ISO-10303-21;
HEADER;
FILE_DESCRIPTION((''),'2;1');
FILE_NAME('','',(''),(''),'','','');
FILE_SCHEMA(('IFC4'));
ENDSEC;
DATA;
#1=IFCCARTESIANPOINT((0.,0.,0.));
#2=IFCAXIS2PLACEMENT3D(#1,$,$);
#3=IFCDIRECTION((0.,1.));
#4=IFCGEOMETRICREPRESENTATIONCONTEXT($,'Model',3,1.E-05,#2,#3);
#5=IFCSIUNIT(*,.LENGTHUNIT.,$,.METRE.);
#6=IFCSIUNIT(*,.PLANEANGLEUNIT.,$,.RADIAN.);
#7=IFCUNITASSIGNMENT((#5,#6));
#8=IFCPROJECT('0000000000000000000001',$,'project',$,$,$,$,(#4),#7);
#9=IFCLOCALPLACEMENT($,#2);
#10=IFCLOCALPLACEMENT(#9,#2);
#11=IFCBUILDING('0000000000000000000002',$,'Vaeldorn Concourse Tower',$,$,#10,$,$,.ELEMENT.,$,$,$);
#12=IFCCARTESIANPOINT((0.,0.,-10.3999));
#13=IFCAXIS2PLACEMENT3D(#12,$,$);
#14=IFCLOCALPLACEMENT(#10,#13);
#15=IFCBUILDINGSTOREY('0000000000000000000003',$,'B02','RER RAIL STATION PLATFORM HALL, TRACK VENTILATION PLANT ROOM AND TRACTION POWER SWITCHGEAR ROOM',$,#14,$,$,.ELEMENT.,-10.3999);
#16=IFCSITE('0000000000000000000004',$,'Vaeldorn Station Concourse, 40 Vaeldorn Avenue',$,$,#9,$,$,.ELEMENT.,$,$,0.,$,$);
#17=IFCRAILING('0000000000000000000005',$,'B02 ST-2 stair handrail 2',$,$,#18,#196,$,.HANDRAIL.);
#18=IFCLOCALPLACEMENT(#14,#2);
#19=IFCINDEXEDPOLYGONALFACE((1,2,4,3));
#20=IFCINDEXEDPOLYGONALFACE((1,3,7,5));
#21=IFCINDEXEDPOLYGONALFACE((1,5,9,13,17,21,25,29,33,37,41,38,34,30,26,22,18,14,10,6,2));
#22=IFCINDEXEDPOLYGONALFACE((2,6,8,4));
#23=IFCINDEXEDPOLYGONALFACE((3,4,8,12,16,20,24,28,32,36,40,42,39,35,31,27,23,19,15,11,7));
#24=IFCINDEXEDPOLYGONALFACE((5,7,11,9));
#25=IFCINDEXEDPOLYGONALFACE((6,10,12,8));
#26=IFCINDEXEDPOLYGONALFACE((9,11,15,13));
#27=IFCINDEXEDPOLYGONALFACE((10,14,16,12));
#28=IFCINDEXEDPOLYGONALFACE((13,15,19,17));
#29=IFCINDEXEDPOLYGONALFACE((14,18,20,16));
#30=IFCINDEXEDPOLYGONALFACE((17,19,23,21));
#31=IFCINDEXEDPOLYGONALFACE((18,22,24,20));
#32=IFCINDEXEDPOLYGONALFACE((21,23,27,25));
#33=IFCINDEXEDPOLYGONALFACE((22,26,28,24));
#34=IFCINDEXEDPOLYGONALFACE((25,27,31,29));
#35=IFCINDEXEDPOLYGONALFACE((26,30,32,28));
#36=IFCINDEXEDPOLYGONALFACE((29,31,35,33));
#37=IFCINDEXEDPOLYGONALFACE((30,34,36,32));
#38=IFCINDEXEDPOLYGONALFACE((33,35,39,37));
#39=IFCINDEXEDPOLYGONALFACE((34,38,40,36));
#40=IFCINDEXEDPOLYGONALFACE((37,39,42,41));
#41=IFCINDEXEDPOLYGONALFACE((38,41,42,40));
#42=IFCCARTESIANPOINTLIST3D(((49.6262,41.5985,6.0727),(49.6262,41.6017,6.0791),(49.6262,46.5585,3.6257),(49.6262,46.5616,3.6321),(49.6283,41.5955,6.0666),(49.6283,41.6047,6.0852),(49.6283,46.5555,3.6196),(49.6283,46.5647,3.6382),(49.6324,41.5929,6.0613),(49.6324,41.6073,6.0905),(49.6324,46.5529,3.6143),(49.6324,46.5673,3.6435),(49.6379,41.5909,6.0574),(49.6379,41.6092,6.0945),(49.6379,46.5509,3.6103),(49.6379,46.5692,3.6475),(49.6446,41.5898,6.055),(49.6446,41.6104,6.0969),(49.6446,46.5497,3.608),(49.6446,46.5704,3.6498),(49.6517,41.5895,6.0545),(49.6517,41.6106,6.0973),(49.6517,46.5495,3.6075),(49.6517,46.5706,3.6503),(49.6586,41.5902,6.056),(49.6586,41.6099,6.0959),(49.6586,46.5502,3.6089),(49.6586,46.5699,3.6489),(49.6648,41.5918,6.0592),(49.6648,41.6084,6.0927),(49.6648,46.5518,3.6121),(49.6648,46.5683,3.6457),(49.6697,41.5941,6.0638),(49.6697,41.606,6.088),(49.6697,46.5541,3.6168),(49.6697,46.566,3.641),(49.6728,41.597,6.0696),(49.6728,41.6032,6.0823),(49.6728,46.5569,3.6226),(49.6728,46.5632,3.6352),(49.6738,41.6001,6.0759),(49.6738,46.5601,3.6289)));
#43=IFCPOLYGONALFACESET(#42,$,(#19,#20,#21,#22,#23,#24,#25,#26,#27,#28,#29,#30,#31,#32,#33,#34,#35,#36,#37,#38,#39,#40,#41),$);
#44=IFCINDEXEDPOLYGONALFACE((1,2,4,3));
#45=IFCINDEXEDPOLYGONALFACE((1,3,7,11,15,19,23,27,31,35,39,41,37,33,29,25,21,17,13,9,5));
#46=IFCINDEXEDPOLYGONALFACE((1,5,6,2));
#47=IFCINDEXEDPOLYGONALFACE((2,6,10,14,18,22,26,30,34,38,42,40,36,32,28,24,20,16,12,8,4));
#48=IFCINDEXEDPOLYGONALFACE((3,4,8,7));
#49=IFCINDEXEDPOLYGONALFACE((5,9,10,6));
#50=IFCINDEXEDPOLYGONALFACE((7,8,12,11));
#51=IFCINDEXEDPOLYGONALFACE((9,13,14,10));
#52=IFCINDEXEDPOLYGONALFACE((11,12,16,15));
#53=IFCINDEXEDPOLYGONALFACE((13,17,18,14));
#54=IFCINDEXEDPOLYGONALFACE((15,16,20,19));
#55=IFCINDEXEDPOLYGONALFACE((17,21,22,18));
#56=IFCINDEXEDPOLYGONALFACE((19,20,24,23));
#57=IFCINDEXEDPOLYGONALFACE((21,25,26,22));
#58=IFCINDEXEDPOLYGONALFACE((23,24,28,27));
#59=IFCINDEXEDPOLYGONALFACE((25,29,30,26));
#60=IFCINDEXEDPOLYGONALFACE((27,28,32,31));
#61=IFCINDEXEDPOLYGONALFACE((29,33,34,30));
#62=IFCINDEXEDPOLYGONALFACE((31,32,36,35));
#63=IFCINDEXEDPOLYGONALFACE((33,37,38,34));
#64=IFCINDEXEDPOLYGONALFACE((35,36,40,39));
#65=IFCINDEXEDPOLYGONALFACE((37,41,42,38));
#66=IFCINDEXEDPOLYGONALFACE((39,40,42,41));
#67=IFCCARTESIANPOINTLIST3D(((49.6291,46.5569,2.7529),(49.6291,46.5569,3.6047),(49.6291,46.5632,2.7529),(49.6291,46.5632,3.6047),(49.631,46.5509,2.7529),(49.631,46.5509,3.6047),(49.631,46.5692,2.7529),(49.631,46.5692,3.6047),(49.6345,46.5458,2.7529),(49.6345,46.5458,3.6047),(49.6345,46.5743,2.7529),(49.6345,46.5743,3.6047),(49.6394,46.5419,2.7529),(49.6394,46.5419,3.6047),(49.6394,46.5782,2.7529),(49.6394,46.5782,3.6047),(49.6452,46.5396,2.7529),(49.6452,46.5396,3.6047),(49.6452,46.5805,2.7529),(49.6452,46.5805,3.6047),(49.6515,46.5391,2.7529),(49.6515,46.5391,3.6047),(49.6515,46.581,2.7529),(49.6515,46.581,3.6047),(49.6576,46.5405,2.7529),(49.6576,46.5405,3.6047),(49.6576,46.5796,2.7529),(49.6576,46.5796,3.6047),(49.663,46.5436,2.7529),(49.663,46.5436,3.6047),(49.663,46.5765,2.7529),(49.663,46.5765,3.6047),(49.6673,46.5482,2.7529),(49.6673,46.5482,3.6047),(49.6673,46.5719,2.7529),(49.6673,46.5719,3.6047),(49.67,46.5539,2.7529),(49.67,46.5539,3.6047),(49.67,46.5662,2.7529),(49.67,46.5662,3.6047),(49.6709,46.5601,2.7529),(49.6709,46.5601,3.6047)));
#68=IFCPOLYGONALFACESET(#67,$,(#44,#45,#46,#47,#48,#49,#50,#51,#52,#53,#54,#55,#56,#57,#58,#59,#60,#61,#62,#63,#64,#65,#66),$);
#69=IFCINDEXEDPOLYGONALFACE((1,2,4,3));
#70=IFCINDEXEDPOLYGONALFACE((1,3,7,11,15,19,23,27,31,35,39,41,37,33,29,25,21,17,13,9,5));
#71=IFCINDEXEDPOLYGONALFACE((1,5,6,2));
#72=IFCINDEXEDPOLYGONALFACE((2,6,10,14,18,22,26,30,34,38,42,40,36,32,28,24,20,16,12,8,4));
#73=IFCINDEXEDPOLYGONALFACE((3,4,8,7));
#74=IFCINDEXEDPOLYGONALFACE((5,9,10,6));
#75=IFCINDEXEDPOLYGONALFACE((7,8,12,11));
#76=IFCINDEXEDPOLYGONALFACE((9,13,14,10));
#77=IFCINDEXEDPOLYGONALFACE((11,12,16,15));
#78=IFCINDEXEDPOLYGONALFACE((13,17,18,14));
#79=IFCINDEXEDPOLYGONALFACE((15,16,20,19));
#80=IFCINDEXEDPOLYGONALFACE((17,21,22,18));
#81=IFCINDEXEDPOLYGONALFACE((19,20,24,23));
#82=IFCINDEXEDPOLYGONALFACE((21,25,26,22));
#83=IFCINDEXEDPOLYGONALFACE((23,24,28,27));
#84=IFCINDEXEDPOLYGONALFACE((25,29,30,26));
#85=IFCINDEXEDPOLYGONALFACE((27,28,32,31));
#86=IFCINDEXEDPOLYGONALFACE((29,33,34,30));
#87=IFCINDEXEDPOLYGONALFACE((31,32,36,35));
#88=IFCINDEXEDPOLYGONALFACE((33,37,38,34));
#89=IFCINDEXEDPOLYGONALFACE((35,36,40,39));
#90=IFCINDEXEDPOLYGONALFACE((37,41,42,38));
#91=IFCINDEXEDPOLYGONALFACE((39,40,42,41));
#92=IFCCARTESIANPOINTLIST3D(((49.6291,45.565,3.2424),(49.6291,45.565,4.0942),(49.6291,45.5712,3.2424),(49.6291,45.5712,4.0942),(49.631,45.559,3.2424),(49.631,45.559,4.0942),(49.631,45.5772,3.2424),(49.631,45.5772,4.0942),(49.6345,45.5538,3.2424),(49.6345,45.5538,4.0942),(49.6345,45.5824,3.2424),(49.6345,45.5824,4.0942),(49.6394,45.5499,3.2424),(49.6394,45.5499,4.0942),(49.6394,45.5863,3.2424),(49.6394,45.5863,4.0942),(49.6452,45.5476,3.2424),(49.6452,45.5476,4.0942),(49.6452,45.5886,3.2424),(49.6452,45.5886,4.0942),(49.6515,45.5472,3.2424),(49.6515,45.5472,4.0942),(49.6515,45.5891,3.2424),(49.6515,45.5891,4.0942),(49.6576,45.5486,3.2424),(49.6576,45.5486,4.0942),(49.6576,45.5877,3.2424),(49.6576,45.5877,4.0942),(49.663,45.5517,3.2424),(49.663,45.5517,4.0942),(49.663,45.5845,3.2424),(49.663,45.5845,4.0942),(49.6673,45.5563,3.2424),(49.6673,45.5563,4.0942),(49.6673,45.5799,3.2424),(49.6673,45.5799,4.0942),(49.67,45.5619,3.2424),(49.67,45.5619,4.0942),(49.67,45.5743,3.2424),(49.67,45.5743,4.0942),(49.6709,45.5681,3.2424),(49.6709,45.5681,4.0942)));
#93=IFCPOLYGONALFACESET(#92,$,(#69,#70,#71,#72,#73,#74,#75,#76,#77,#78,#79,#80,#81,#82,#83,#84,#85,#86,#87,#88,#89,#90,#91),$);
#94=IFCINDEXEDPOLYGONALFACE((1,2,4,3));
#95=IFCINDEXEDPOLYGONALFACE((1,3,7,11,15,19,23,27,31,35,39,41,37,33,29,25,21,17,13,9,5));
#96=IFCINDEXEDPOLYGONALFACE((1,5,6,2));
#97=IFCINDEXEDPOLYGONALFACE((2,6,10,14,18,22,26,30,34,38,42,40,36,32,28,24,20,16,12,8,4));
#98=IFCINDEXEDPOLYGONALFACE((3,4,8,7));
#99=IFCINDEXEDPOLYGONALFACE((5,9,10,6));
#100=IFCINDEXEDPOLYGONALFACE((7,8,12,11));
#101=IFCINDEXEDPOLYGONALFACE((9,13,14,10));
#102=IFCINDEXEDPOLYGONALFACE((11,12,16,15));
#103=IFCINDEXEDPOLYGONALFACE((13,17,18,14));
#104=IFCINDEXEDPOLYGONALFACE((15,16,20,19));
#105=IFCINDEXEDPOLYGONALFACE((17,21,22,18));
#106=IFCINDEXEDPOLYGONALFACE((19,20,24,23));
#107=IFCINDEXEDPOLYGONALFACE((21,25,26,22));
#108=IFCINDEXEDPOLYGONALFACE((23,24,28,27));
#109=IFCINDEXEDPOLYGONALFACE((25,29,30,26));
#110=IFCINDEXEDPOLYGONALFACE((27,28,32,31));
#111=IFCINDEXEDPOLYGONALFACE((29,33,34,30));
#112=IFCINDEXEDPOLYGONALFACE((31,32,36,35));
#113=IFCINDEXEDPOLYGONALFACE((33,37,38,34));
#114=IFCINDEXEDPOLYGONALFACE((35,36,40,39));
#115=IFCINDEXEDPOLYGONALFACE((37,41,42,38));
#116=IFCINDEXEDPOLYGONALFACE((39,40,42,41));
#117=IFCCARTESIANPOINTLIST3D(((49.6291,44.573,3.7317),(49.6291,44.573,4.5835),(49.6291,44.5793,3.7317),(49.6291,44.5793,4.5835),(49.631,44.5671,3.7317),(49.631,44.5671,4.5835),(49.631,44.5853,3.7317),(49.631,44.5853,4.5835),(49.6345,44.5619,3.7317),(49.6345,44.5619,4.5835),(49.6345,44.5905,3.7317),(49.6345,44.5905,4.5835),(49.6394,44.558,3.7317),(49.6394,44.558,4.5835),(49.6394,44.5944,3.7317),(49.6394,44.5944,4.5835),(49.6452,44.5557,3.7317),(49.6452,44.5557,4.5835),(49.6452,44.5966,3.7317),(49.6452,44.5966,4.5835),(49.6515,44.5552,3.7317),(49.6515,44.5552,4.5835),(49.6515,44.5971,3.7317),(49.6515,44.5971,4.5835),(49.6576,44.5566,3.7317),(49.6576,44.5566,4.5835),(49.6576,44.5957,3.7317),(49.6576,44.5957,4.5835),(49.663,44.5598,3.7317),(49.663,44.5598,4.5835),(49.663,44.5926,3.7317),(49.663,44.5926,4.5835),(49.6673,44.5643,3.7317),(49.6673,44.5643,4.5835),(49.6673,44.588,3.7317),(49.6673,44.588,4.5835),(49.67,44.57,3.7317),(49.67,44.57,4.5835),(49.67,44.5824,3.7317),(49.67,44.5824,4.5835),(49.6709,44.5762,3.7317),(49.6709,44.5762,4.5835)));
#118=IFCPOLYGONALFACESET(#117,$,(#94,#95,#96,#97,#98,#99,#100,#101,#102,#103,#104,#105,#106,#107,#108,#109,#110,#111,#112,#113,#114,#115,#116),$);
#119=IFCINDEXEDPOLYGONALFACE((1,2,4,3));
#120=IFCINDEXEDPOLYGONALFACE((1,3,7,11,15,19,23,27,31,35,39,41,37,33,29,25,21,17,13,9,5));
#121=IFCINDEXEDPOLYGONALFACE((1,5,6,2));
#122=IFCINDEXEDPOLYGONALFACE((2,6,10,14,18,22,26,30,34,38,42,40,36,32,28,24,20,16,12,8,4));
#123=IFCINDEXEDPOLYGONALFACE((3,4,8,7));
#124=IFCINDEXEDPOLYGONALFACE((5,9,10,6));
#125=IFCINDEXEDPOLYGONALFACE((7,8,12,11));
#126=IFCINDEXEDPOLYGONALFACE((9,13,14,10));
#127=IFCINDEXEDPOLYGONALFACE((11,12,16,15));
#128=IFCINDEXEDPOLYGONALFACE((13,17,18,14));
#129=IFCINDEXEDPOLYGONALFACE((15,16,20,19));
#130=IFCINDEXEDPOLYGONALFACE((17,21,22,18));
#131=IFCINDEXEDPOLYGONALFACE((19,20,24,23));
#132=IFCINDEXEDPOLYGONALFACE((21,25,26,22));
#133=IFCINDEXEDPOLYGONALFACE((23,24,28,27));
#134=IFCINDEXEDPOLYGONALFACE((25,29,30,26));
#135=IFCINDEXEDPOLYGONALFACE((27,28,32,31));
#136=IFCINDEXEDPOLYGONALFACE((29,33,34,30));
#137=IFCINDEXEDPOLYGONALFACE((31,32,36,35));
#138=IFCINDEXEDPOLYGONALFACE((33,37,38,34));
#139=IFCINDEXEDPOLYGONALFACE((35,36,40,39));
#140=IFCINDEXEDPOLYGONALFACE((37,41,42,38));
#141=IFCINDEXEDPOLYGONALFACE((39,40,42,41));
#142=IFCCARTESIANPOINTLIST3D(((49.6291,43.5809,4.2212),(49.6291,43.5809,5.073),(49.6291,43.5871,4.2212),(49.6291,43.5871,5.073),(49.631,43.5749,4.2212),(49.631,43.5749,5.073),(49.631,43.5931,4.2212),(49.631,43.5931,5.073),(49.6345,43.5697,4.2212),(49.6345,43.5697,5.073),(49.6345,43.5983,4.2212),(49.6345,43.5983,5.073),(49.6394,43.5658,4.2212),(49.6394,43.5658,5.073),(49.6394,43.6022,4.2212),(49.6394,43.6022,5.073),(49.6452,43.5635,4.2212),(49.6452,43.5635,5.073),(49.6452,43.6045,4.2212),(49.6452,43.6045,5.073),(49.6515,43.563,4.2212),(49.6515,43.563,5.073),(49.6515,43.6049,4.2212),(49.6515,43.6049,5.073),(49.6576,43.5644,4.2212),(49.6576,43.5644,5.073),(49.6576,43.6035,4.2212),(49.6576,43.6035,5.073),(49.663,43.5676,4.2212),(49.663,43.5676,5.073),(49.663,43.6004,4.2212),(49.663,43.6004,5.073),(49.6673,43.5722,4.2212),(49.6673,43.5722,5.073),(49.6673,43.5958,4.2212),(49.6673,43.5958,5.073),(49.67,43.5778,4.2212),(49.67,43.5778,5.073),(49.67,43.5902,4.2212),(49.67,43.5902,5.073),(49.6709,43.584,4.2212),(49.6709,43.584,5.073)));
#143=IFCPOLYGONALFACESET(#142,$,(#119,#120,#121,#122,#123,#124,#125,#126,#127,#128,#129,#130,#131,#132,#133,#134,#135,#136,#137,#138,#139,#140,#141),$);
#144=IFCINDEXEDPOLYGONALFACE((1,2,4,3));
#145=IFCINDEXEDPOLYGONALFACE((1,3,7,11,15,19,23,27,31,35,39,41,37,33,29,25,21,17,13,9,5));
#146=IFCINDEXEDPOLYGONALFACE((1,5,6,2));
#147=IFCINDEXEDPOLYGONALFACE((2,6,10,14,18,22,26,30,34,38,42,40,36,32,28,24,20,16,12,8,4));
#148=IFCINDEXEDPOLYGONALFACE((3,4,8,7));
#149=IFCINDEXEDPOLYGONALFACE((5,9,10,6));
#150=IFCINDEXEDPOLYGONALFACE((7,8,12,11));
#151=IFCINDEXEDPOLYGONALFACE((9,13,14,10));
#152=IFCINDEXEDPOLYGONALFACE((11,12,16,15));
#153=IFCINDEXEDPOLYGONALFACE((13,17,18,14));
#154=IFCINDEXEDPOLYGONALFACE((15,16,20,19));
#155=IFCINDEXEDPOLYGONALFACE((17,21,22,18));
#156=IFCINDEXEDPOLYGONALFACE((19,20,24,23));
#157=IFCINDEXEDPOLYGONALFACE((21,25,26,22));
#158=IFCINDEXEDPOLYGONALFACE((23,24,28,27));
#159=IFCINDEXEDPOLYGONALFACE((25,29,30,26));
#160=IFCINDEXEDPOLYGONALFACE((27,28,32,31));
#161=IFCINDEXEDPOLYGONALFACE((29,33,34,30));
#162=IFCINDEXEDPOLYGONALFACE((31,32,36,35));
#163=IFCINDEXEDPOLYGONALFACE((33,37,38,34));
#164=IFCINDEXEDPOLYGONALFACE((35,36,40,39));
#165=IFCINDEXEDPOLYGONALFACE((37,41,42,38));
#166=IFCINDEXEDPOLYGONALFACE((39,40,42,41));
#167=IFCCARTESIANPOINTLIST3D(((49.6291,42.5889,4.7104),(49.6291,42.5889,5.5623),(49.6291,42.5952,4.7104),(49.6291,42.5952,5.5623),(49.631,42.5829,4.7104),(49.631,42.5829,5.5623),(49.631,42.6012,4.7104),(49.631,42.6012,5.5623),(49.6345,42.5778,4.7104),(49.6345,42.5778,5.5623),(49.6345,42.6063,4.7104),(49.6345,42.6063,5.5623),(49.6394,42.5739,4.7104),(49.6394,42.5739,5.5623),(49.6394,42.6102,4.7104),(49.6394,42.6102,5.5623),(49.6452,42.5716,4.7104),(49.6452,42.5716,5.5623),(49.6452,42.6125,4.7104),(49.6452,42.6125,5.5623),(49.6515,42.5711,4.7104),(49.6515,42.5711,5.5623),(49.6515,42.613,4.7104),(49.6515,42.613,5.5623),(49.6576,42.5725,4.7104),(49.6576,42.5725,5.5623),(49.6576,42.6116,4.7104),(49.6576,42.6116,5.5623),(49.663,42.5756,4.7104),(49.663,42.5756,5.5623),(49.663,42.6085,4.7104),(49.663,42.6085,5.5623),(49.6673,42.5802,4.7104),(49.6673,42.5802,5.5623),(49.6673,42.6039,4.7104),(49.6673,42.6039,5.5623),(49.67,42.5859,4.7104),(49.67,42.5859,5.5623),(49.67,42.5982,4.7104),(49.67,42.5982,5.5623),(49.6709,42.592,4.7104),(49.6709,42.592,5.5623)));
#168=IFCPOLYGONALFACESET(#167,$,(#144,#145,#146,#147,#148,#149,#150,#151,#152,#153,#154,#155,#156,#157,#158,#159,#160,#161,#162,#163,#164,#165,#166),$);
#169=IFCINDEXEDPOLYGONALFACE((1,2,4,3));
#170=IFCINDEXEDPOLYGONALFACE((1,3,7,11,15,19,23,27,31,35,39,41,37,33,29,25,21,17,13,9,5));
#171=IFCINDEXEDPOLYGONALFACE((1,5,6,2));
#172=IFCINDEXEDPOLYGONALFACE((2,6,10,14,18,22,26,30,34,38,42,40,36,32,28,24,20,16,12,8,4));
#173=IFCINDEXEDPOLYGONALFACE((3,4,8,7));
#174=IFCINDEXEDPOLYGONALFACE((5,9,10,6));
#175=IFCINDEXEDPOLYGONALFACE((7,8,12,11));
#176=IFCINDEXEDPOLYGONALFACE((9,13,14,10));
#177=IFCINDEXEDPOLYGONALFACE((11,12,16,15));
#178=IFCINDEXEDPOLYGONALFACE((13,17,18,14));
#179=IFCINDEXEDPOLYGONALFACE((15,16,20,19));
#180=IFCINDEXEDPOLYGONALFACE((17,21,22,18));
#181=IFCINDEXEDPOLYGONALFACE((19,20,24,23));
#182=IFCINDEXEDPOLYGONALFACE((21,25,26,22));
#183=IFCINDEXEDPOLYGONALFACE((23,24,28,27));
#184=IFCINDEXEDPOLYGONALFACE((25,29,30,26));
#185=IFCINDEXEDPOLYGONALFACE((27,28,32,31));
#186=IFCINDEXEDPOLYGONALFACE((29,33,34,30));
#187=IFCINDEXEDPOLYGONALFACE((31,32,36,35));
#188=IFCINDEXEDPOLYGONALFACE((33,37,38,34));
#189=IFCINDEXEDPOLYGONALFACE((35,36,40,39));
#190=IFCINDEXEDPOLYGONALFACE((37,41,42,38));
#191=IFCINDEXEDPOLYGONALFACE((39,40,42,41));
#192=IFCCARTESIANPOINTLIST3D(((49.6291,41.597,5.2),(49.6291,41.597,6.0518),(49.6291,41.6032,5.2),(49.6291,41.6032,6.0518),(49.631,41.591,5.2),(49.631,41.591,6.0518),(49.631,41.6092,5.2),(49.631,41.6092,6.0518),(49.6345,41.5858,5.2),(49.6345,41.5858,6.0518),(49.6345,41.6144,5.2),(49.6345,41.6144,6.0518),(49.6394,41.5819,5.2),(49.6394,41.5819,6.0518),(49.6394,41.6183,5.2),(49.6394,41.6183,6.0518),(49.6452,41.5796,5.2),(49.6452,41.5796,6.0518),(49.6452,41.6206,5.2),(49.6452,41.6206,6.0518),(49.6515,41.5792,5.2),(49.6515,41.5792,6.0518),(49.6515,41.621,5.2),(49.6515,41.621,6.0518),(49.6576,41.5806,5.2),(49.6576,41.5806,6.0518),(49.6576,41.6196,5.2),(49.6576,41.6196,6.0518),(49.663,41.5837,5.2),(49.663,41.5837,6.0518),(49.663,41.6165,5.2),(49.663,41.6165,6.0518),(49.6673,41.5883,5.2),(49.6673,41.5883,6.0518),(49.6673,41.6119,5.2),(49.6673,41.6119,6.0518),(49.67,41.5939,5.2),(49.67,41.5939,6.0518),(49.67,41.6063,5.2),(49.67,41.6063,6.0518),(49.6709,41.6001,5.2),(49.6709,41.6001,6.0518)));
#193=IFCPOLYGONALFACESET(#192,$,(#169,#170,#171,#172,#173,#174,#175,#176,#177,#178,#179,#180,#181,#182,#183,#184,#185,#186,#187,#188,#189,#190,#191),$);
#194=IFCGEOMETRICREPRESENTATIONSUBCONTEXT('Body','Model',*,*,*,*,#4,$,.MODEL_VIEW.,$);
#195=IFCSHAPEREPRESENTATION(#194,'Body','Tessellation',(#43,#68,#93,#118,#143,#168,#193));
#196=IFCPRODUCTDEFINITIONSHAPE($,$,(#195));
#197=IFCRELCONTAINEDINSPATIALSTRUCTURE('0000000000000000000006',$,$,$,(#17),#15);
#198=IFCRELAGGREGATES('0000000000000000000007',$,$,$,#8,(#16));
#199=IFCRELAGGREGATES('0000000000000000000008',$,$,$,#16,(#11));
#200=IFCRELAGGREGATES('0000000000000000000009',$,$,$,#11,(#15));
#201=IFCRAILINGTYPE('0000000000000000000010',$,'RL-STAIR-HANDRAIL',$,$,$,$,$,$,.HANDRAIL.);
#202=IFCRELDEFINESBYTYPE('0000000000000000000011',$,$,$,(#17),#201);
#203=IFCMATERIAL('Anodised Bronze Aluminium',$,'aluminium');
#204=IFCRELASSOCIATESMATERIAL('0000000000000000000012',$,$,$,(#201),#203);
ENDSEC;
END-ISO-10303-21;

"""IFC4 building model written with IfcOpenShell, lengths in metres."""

from ifc_helpers import new_model, si_unit, direction, frame, origin, origin_2d, place, context, subcontext, project, spatial, circle, extrude, material, type_object, element, save


model = new_model("IFC4")

# Units and contexts
model_context = context("Model", 3, precision=1e-05, world=origin(), true_north=direction((0.0, 1.0)))
body_context = subcontext(model_context, "Body", "Model", "MODEL_VIEW")
ifc_project = project(units=[si_unit("LENGTHUNIT", "METRE"), si_unit("PLANEANGLEUNIT", "RADIAN")], contexts=[model_context])

# Site, building, storey
site_placement = place(None, origin())
site = spatial("IfcSite", under=ifc_project, at=site_placement, Name="Vaeldorn Station Concourse, 40 Vaeldorn Avenue", CompositionType="ELEMENT", RefElevation=0.0)
building_placement = place(site_placement, origin())
building = spatial("IfcBuilding", under=site, at=building_placement, Name="Vaeldorn Concourse Tower", CompositionType="ELEMENT")
storey_placement = place(building_placement, frame((0.0, 0.0, -10.3999)))
storey = spatial("IfcBuildingStorey", under=building, at=storey_placement, Name="B02", Description="RER RAIL STATION PLATFORM HALL, TRACK VENTILATION PLANT ROOM AND TRACTION POWER SWITCHGEAR ROOM", CompositionType="ELEMENT", Elevation=-10.3999)

# Shared definitions
ifc_material_1 = material(Name="Anodised Bronze Aluminium", Category="aluminium")

# Railing
railing_type_1 = type_object("IfcRailingType", Name="RL-STAIR-HANDRAIL", PredefinedType="HANDRAIL", material=ifc_material_1)
railing_1_placement = place(storey_placement, frame((49.6499, 46.5601, 2.7529)))
element("IfcRailing", 1, at=railing_1_placement, inside=storey, type_object=railing_type_1, Name="B02 ST-2 stair handrail 2", PredefinedType="HANDRAIL", context=body_context, shape_type="SweptSolid", body=[
    extrude(circle(Radius=0.0239, at=origin_2d()), frame((0.0, 0.0, 0.876), z_axis=(0.0, -0.896798, 0.44244), x_axis=(1.0, 0.0, 0.0)), (0.0, 0.0, 1.0), 5.5308),
    extrude(circle(Radius=0.021, at=origin_2d()), origin(), (0.0, 0.0, 1.0), 0.8518),
    extrude(circle(Radius=0.021, at=origin_2d()), frame((0.0, -0.9919, 0.4895)), (0.0, 0.0, 1.0), 0.8518),
    extrude(circle(Radius=0.021, at=origin_2d()), frame((0.0, -1.9839, 0.9788)), (0.0, 0.0, 1.0), 0.8518),
    extrude(circle(Radius=0.021, at=origin_2d()), frame((0.0, -2.9761, 1.4683)), (0.0, 0.0, 1.0), 0.8518),
    extrude(circle(Radius=0.021, at=origin_2d()), frame((0.0, -3.968, 1.9575)), (0.0, 0.0, 1.0), 0.8518),
    extrude(circle(Radius=0.021, at=origin_2d()), frame((0.0, -4.96, 2.447)), (0.0, 0.0, 1.0), 0.8518),
])

save(model, "model.ifc")
